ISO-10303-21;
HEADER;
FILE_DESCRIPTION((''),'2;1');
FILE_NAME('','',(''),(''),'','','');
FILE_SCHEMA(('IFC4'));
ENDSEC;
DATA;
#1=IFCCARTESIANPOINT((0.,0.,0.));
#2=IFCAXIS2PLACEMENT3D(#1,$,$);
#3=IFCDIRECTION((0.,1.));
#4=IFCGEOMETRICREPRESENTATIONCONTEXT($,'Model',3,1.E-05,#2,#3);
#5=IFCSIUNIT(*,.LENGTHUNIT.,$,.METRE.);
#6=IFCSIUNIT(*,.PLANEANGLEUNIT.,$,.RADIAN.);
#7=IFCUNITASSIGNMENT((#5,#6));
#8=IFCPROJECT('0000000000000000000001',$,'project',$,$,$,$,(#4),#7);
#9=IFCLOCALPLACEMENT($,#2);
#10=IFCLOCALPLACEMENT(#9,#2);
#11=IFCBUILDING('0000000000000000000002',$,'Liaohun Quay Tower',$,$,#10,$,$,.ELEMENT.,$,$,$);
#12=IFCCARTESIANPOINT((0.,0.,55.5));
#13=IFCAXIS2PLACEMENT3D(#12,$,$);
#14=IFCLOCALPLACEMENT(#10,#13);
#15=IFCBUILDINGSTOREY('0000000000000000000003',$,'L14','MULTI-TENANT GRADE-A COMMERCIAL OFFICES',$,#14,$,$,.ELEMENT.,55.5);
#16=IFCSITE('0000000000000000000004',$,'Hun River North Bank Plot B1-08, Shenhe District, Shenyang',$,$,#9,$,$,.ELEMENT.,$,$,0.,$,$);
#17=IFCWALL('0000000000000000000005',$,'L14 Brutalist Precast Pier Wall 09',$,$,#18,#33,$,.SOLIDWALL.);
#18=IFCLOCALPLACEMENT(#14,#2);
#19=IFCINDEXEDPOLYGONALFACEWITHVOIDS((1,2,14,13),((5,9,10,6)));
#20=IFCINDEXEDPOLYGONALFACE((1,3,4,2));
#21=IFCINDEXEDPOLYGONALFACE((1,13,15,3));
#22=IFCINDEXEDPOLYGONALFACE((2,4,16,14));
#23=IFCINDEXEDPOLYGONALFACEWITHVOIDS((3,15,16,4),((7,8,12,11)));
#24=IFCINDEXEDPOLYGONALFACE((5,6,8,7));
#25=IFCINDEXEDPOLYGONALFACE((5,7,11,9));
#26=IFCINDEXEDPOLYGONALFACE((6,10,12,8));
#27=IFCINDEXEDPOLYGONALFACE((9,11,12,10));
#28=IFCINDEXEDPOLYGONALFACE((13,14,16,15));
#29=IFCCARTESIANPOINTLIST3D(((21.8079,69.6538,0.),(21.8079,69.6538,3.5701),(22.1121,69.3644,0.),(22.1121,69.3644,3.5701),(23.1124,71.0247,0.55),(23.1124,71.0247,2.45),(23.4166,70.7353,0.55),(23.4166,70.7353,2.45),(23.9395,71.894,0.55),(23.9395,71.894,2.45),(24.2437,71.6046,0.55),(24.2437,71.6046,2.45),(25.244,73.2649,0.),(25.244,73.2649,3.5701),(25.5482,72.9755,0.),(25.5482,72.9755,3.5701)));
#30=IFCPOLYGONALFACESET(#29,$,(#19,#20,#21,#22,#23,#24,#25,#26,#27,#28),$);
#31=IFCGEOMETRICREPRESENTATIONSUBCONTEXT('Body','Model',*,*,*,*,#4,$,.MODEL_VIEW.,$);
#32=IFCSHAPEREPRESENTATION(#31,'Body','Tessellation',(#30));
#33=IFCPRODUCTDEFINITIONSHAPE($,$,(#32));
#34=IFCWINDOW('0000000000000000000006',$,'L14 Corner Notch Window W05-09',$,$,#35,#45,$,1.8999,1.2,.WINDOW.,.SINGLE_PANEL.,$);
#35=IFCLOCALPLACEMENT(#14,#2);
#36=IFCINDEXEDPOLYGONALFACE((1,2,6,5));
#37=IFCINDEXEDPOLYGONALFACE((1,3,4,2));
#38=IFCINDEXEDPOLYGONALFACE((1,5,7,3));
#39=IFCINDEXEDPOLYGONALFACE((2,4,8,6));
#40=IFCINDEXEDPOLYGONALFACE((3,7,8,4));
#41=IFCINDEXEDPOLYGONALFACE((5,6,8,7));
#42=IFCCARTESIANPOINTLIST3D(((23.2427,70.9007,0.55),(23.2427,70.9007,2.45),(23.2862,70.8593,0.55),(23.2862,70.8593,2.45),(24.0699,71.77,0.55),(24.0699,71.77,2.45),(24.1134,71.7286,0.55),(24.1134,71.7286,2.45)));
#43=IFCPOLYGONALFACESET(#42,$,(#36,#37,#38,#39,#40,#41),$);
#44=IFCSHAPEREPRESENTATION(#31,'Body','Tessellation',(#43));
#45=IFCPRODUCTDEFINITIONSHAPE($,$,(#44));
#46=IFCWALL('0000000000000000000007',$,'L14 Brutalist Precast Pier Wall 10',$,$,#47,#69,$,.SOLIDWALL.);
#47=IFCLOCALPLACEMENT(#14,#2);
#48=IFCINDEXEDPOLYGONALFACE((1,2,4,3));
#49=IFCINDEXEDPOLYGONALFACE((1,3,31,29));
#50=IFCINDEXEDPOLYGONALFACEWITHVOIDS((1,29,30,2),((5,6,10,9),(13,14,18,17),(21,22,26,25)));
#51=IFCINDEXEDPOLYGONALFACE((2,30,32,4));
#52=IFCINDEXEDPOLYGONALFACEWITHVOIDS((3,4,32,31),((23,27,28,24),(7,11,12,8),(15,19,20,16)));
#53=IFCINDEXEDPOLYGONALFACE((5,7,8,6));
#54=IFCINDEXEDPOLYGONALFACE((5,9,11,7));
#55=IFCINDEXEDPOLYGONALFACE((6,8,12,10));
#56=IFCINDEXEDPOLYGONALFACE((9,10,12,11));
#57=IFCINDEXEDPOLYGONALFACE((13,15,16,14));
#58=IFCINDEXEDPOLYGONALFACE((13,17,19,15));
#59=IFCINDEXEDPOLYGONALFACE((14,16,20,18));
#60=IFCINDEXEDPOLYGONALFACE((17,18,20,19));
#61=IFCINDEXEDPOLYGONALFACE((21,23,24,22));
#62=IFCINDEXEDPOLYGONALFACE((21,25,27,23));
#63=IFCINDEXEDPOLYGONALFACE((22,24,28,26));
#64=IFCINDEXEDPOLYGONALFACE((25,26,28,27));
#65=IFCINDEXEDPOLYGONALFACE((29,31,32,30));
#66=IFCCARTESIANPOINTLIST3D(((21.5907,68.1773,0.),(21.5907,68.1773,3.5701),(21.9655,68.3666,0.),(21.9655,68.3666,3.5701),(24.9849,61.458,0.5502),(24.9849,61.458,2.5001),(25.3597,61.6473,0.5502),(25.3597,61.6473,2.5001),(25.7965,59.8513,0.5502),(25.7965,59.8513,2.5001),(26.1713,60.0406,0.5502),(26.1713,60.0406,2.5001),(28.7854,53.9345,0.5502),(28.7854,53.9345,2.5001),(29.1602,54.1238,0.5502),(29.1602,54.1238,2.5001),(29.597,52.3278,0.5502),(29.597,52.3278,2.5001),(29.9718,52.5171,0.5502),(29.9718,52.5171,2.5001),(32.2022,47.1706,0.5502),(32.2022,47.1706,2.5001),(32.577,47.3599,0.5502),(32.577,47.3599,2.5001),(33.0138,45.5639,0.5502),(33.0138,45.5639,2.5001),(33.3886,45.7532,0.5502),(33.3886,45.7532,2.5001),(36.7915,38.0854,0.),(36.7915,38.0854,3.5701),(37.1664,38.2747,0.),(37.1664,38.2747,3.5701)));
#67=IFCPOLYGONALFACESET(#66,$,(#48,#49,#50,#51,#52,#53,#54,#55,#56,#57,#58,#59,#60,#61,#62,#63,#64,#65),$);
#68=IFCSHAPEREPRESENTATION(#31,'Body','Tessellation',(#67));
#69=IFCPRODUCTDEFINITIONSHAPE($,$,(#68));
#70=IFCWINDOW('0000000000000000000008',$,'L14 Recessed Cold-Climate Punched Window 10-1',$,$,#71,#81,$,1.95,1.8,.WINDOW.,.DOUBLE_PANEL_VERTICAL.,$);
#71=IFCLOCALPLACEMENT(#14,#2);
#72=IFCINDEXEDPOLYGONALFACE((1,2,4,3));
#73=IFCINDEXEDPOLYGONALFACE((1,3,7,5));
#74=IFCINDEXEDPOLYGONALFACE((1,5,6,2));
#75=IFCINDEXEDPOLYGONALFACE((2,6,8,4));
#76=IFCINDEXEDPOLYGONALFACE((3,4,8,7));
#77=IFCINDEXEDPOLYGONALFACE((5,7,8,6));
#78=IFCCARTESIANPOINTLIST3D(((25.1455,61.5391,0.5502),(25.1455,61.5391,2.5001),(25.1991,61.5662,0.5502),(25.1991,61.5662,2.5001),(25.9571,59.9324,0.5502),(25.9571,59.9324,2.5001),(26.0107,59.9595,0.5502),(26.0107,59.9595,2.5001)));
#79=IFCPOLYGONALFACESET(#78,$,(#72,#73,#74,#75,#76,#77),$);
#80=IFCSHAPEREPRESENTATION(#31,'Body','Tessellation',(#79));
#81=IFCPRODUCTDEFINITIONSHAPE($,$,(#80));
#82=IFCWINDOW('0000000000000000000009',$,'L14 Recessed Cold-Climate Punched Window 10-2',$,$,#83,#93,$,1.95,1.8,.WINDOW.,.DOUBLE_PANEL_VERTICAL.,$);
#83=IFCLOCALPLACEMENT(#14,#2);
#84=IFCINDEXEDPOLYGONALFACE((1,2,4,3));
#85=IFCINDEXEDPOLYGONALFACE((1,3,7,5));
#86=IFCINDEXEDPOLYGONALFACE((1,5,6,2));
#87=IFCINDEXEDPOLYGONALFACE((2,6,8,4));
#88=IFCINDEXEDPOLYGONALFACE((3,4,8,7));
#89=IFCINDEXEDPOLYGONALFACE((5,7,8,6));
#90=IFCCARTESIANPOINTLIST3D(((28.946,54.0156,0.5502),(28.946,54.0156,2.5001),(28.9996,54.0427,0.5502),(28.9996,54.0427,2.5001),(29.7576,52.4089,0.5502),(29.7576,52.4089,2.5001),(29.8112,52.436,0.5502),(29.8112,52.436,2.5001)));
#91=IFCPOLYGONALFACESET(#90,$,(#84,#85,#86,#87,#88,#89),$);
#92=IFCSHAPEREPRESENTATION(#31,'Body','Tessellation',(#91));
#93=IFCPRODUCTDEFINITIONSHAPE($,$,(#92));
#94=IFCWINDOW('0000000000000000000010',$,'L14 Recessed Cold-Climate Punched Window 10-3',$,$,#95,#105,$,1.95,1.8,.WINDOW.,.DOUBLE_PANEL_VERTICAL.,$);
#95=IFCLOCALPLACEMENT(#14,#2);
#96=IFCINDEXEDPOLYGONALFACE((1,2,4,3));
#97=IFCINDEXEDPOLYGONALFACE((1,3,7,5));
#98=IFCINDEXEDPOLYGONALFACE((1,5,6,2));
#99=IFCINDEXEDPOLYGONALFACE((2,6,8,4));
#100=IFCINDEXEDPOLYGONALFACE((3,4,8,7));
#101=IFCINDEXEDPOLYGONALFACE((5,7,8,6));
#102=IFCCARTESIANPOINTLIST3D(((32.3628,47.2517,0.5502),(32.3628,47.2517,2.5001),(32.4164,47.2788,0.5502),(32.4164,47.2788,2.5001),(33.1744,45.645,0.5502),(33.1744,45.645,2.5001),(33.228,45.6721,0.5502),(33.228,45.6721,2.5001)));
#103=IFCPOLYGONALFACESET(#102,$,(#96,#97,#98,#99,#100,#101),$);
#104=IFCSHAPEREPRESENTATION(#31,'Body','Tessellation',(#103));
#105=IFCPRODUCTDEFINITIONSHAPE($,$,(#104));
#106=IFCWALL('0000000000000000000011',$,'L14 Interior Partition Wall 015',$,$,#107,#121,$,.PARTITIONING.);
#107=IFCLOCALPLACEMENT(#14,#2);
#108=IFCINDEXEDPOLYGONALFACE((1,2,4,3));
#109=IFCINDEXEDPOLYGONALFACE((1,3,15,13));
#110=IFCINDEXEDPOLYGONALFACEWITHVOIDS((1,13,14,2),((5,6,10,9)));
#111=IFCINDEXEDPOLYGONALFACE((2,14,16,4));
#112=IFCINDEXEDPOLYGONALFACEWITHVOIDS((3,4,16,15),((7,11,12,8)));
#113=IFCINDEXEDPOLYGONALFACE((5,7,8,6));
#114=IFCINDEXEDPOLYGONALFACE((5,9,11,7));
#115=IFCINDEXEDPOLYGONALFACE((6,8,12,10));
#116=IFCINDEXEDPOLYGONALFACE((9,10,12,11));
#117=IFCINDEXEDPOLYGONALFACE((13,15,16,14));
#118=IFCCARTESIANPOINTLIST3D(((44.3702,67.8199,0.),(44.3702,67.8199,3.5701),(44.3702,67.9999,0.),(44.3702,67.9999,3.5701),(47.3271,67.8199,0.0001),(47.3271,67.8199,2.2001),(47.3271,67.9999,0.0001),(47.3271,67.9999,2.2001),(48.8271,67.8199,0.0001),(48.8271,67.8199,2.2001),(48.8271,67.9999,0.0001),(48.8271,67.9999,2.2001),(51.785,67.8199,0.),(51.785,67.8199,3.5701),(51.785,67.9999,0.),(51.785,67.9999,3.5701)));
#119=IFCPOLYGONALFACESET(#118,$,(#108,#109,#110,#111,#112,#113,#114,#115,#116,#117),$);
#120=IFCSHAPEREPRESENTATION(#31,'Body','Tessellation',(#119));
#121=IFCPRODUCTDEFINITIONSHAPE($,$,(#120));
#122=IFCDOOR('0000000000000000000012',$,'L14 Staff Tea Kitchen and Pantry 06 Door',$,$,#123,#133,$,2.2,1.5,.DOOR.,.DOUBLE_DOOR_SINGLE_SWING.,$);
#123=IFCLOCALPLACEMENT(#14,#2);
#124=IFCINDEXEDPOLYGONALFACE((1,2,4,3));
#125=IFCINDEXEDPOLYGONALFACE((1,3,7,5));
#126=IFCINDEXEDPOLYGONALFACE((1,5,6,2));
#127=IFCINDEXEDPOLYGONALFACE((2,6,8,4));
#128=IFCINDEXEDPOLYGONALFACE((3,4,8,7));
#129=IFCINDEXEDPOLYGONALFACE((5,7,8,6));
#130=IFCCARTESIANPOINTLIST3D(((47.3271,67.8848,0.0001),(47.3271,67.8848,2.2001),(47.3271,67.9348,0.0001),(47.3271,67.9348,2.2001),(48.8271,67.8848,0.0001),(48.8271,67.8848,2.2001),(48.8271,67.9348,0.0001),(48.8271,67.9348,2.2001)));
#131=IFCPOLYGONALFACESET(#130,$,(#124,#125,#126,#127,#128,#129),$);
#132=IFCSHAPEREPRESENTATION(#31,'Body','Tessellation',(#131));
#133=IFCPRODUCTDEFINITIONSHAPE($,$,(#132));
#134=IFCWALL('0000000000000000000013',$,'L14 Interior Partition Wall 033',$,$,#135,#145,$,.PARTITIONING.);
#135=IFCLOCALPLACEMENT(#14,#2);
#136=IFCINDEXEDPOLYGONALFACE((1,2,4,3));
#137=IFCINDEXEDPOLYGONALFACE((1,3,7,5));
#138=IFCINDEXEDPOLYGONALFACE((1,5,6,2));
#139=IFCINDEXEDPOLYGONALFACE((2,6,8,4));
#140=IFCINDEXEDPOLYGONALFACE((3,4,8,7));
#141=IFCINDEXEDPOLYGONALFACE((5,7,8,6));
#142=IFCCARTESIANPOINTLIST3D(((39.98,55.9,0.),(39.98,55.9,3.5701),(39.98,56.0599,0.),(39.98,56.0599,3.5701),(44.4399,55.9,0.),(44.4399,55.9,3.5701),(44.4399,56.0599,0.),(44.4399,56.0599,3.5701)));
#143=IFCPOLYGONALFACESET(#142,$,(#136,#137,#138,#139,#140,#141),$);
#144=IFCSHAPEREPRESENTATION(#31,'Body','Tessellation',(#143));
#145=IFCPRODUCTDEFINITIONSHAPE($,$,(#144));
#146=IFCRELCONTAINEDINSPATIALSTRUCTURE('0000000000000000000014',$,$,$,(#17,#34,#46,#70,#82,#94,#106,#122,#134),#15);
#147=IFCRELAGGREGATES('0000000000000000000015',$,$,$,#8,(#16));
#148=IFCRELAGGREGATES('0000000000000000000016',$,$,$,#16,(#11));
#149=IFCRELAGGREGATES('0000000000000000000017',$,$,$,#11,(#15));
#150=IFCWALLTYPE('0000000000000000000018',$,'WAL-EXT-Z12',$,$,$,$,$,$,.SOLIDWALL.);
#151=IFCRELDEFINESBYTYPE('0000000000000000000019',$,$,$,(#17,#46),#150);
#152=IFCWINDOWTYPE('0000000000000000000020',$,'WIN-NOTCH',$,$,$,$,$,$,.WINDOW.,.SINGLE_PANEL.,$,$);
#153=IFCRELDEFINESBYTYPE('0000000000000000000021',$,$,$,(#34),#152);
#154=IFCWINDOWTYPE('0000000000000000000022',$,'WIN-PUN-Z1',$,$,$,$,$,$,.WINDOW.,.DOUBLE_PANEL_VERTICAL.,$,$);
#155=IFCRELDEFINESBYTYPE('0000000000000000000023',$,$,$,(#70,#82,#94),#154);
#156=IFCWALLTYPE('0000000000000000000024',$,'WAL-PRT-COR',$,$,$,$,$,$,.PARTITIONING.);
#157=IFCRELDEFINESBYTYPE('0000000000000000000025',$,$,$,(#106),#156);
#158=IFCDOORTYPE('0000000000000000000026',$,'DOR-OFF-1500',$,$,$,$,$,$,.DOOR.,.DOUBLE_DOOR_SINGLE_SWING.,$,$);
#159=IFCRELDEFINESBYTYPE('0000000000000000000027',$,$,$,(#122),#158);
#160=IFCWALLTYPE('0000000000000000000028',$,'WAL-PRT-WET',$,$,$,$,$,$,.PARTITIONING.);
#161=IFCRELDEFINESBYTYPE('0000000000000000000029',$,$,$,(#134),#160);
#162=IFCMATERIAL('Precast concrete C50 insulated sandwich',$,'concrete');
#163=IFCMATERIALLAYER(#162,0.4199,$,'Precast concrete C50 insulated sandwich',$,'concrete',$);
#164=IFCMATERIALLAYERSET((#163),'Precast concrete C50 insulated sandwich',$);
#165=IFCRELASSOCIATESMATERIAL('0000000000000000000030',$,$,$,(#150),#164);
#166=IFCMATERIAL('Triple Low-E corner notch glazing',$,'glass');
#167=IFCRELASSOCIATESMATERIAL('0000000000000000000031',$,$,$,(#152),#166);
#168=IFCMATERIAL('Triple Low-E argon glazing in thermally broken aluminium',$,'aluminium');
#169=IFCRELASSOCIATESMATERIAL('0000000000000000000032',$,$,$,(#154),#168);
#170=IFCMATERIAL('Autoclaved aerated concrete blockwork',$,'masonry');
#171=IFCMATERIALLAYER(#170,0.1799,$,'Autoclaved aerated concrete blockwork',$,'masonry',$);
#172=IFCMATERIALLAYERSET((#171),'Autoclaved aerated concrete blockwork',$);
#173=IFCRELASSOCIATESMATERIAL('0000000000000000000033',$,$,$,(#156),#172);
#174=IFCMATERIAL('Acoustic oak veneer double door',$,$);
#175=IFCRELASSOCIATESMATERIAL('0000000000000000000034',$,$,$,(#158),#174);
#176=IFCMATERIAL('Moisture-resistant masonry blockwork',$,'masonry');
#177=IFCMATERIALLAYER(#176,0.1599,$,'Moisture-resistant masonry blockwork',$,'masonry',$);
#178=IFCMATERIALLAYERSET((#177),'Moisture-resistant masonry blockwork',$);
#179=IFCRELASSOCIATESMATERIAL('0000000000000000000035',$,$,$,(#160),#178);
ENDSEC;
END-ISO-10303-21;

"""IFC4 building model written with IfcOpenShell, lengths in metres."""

from ifc_helpers import new_model, si_unit, direction, frame, frame_2d, origin, place, context, subcontext, project, spatial, rectangle, extrude, source, transform, mapped, material, layer, layer_set, type_object, element, fill, save


model = new_model("IFC4")

# Units and contexts
model_context = context("Model", 3, precision=1e-05, world=origin(), true_north=direction((0.0, 1.0)))
body_context = subcontext(model_context, "Body", "Model", "MODEL_VIEW")
ifc_project = project(units=[si_unit("LENGTHUNIT", "METRE"), si_unit("PLANEANGLEUNIT", "RADIAN")], contexts=[model_context])

# Site, building, storey
site_placement = place(None, origin())
site = spatial("IfcSite", under=ifc_project, at=site_placement, Name="Hun River North Bank Plot B1-08, Shenhe District, Shenyang", CompositionType="ELEMENT", RefElevation=0.0)
building_placement = place(site_placement, origin())
building = spatial("IfcBuilding", under=site, at=building_placement, Name="Liaohun Quay Tower", CompositionType="ELEMENT")
storey_placement = place(building_placement, frame((0.0, 0.0, 55.5)))
storey = spatial("IfcBuildingStorey", under=building, at=storey_placement, Name="L14", Description="MULTI-TENANT GRADE-A COMMERCIAL OFFICES", CompositionType="ELEMENT", Elevation=55.5)

# Wall, opening, window
ifc_material_1 = material(Name="Precast concrete C50 insulated sandwich", Category="concrete")
ifc_layer_1 = layer(ifc_material_1, 0.4199, Name="Precast concrete C50 insulated sandwich", Category="concrete")
ifc_layer_set_1 = layer_set([ifc_layer_1], Name="Precast concrete C50 insulated sandwich")
wall_type_1 = type_object("IfcWallType", Name="WAL-EXT-Z12", PredefinedType="SOLIDWALL", material=ifc_layer_set_1)
shared_shape_1 = source(origin(), body_context, "Body", "SweptSolid", [
    extrude(rectangle(XDim=1.2, YDim=1.8999, at=frame_2d((0.6001, 0.95))), frame((0.0, 0.22, 0.0), z_axis=(0.0, -1.0, 0.0), x_axis=(1.0, 0.0, 0.0)), (0.0, 0.0, 1.0), 0.4399),
])
ifc_material_2 = material(Name="Triple Low-E corner notch glazing", Category="glass")
window_type_1 = type_object("IfcWindowType", Name="WIN-NOTCH", PartitioningType="SINGLE_PANEL", PredefinedType="WINDOW", material=ifc_material_2)
shared_shape_2 = source(origin(), body_context, "Body", "SweptSolid", [
    extrude(rectangle(XDim=1.2, YDim=1.8999, at=frame_2d((0.6001, 0.95))), frame((0.0, 0.03, 0.0), z_axis=(0.0, -1.0, 0.0), x_axis=(1.0, 0.0, 0.0)), (0.0, 0.0, 1.0), 0.0601),
])
wall_1_placement = place(storey_placement, frame((25.396, 73.1201, 0.0), z_axis=(0.0, 0.0, 1.0), x_axis=(-0.68933, -0.724448, 0.0)))
wall_1 = element("IfcWall", 1, at=wall_1_placement, inside=storey, type_object=wall_type_1, Name="L14 Brutalist Precast Pier Wall 09", PredefinedType="SOLIDWALL", context=body_context, shape_type="SweptSolid", body=[
    extrude(rectangle(XDim=4.9846, YDim=0.4199, at=frame_2d((2.4922, 0.0))), origin(), (0.0, 0.0, 1.0), 3.5701),
])
opening_1_placement = place(wall_1_placement, frame((1.8921, 0.0, 0.55)))
opening_1 = element("IfcOpeningElement", 2, at=opening_1_placement, cuts=wall_1, PredefinedType="OPENING", context=body_context, shape_type="MappedRepresentation", body=[
    mapped(shared_shape_1, transform((0.0, 0.0, 0.0), x_axis=(1.0, 0.0, 0.0), y_axis=(0.0, 1.0, 0.0), z_axis=(0.0, 0.0, 1.0), scale=1.0)),
])
window_1_placement = place(opening_1_placement, origin())
window_1 = element("IfcWindow", 3, at=window_1_placement, inside=storey, type_object=window_type_1, Name="L14 Corner Notch Window W05-09", OverallHeight=1.8999, OverallWidth=1.2, PartitioningType="SINGLE_PANEL", PredefinedType="WINDOW", context=body_context, shape_type="MappedRepresentation", body=[
    mapped(shared_shape_2, transform((0.0, 0.0, 0.0), x_axis=(1.0, 0.0, 0.0), y_axis=(0.0, 1.0, 0.0), z_axis=(0.0, 0.0, 1.0), scale=1.0)),
])
fill(opening_1, window_1)

# Wall, openings, windows
wall_2_placement = place(storey_placement, frame((21.7781, 68.272, 0.0), z_axis=(0.0, 0.0, 1.0), x_axis=(0.450886, -0.892582, 0.0)))
wall_2 = element("IfcWall", 4, at=wall_2_placement, inside=storey, type_object=wall_type_1, Name="L14 Brutalist Precast Pier Wall 10", PredefinedType="SOLIDWALL", context=body_context, shape_type="SweptSolid", body=[
    extrude(rectangle(XDim=33.7134, YDim=0.4199, at=frame_2d((16.8567, 0.0))), origin(), (0.0, 0.0, 1.0), 3.5701),
])
shared_shape_3 = source(origin(), body_context, "Body", "SweptSolid", [
    extrude(rectangle(XDim=1.8, YDim=1.95, at=frame_2d((0.8999, 0.9751))), frame((0.0, 0.22, 0.0), z_axis=(0.0, -1.0, 0.0), x_axis=(1.0, 0.0, 0.0)), (0.0, 0.0, 1.0), 0.4399),
])
opening_2_placement = place(wall_2_placement, frame((7.5281, 0.0, 0.55)))
opening_2 = element("IfcOpeningElement", 5, at=opening_2_placement, cuts=wall_2, PredefinedType="OPENING", context=body_context, shape_type="MappedRepresentation", body=[
    mapped(shared_shape_3, transform((0.0, 0.0, 0.0), x_axis=(1.0, 0.0, 0.0), y_axis=(0.0, 1.0, 0.0), z_axis=(0.0, 0.0, 1.0), scale=1.0)),
])
opening_3_placement = place(wall_2_placement, frame((15.957, 0.0, 0.55)))
opening_3 = element("IfcOpeningElement", 6, at=opening_3_placement, cuts=wall_2, PredefinedType="OPENING", context=body_context, shape_type="MappedRepresentation", body=[
    mapped(shared_shape_3, transform((0.0, 0.0, 0.0), x_axis=(1.0, 0.0, 0.0), y_axis=(0.0, 1.0, 0.0), z_axis=(0.0, 0.0, 1.0), scale=1.0)),
])
opening_4_placement = place(wall_2_placement, frame((23.5349, 0.0, 0.55)))
opening_4 = element("IfcOpeningElement", 7, at=opening_4_placement, cuts=wall_2, PredefinedType="OPENING", context=body_context, shape_type="MappedRepresentation", body=[
    mapped(shared_shape_3, transform((0.0, 0.0, 0.0), x_axis=(1.0, 0.0, 0.0), y_axis=(0.0, 1.0, 0.0), z_axis=(0.0, 0.0, 1.0), scale=1.0)),
])
ifc_material_3 = material(Name="Triple Low-E argon glazing in thermally broken aluminium", Category="aluminium")
window_type_2 = type_object("IfcWindowType", Name="WIN-PUN-Z1", PartitioningType="DOUBLE_PANEL_VERTICAL", PredefinedType="WINDOW", material=ifc_material_3)
shared_shape_4 = source(origin(), body_context, "Body", "SweptSolid", [
    extrude(rectangle(XDim=1.8, YDim=1.95, at=frame_2d((0.8999, 0.9751))), frame((0.0, 0.03, 0.0), z_axis=(0.0, -1.0, 0.0), x_axis=(1.0, 0.0, 0.0)), (0.0, 0.0, 1.0), 0.0601),
])
window_2_placement = place(opening_2_placement, origin())
window_2 = element("IfcWindow", 8, at=window_2_placement, inside=storey, type_object=window_type_2, Name="L14 Recessed Cold-Climate Punched Window 10-1", OverallHeight=1.95, OverallWidth=1.8, PartitioningType="DOUBLE_PANEL_VERTICAL", PredefinedType="WINDOW", context=body_context, shape_type="MappedRepresentation", body=[
    mapped(shared_shape_4, transform((0.0, 0.0, 0.0), x_axis=(1.0, 0.0, 0.0), y_axis=(0.0, 1.0, 0.0), z_axis=(0.0, 0.0, 1.0), scale=1.0)),
])
fill(opening_2, window_2)
window_3_placement = place(opening_3_placement, origin())
window_3 = element("IfcWindow", 9, at=window_3_placement, inside=storey, type_object=window_type_2, Name="L14 Recessed Cold-Climate Punched Window 10-2", OverallHeight=1.95, OverallWidth=1.8, PartitioningType="DOUBLE_PANEL_VERTICAL", PredefinedType="WINDOW", context=body_context, shape_type="MappedRepresentation", body=[
    mapped(shared_shape_4, transform((0.0, 0.0, 0.0), x_axis=(1.0, 0.0, 0.0), y_axis=(0.0, 1.0, 0.0), z_axis=(0.0, 0.0, 1.0), scale=1.0)),
])
fill(opening_3, window_3)
window_4_placement = place(opening_4_placement, origin())
window_4 = element("IfcWindow", 10, at=window_4_placement, inside=storey, type_object=window_type_2, Name="L14 Recessed Cold-Climate Punched Window 10-3", OverallHeight=1.95, OverallWidth=1.8, PartitioningType="DOUBLE_PANEL_VERTICAL", PredefinedType="WINDOW", context=body_context, shape_type="MappedRepresentation", body=[
    mapped(shared_shape_4, transform((0.0, 0.0, 0.0), x_axis=(1.0, 0.0, 0.0), y_axis=(0.0, 1.0, 0.0), z_axis=(0.0, 0.0, 1.0), scale=1.0)),
])
fill(opening_4, window_4)

# Wall, opening, door
ifc_material_4 = material(Name="Autoclaved aerated concrete blockwork", Category="masonry")
ifc_layer_2 = layer(ifc_material_4, 0.1799, Name="Autoclaved aerated concrete blockwork", Category="masonry")
ifc_layer_set_2 = layer_set([ifc_layer_2], Name="Autoclaved aerated concrete blockwork")
wall_type_2 = type_object("IfcWallType", Name="WAL-PRT-COR", PredefinedType="PARTITIONING", material=ifc_layer_set_2)
wall_3_placement = place(storey_placement, frame((44.3701, 67.9099, 0.0), z_axis=(0.0, 0.0, 1.0), x_axis=(1.0, 0.0, 0.0)))
wall_3 = element("IfcWall", 11, at=wall_3_placement, inside=storey, type_object=wall_type_2, Name="L14 Interior Partition Wall 015", PredefinedType="PARTITIONING", context=body_context, shape_type="SweptSolid", body=[
    extrude(rectangle(XDim=7.4148, YDim=0.1799, at=frame_2d((3.7075, 0.0))), origin(), (0.0, 0.0, 1.0), 3.5701),
])
shared_shape_5 = source(origin(), body_context, "Body", "SweptSolid", [
    extrude(rectangle(XDim=1.5, YDim=2.2, at=frame_2d((0.75, 1.1001))), frame((0.0, 0.0999, 0.0), z_axis=(0.0, -1.0, 0.0), x_axis=(1.0, 0.0, 0.0)), (0.0, 0.0, 1.0), 0.2),
])
opening_5_placement = place(wall_3_placement, frame((2.957, 0.0, 0.0)))
opening_5 = element("IfcOpeningElement", 12, at=opening_5_placement, cuts=wall_3, PredefinedType="OPENING", context=body_context, shape_type="MappedRepresentation", body=[
    mapped(shared_shape_5, transform((0.0, 0.0, 0.0), x_axis=(1.0, 0.0, 0.0), y_axis=(0.0, 1.0, 0.0), z_axis=(0.0, 0.0, 1.0), scale=1.0)),
])
ifc_material_5 = material(Name="Acoustic oak veneer double door")
door_type_1 = type_object("IfcDoorType", Name="DOR-OFF-1500", OperationType="DOUBLE_DOOR_SINGLE_SWING", PredefinedType="DOOR", material=ifc_material_5)
shared_shape_6 = source(origin(), body_context, "Body", "SweptSolid", [
    extrude(rectangle(XDim=1.5, YDim=2.2, at=frame_2d((0.75, 1.1001))), frame((0.0, 0.0249, 0.0), z_axis=(0.0, -1.0, 0.0), x_axis=(1.0, 0.0, 0.0)), (0.0, 0.0, 1.0), 0.05),
])
door_1_placement = place(opening_5_placement, origin())
door_1 = element("IfcDoor", 13, at=door_1_placement, inside=storey, type_object=door_type_1, Name="L14 Staff Tea Kitchen and Pantry 06 Door", OperationType="DOUBLE_DOOR_SINGLE_SWING", OverallHeight=2.2, OverallWidth=1.5, PredefinedType="DOOR", context=body_context, shape_type="MappedRepresentation", body=[
    mapped(shared_shape_6, transform((0.0, 0.0, 0.0), x_axis=(1.0, 0.0, 0.0), y_axis=(0.0, 1.0, 0.0), z_axis=(0.0, 0.0, 1.0), scale=1.0)),
])
fill(opening_5, door_1)
ifc_material_6 = material(Name="Moisture-resistant masonry blockwork", Category="masonry")
ifc_layer_3 = layer(ifc_material_6, 0.1599, Name="Moisture-resistant masonry blockwork", Category="masonry")
ifc_layer_set_3 = layer_set([ifc_layer_3], Name="Moisture-resistant masonry blockwork")
wall_type_3 = type_object("IfcWallType", Name="WAL-PRT-WET", PredefinedType="PARTITIONING", material=ifc_layer_set_3)

# Wall
wall_4_placement = place(storey_placement, frame((39.98, 55.98, 0.0), z_axis=(0.0, 0.0, 1.0), x_axis=(1.0, 0.0, 0.0)))
element("IfcWall", 14, at=wall_4_placement, inside=storey, type_object=wall_type_3, Name="L14 Interior Partition Wall 033", PredefinedType="PARTITIONING", context=body_context, shape_type="SweptSolid", body=[
    extrude(rectangle(XDim=4.46, YDim=0.1599, at=frame_2d((2.23, 0.0))), origin(), (0.0, 0.0, 1.0), 3.5701),
])

save(model, "model.ifc")
